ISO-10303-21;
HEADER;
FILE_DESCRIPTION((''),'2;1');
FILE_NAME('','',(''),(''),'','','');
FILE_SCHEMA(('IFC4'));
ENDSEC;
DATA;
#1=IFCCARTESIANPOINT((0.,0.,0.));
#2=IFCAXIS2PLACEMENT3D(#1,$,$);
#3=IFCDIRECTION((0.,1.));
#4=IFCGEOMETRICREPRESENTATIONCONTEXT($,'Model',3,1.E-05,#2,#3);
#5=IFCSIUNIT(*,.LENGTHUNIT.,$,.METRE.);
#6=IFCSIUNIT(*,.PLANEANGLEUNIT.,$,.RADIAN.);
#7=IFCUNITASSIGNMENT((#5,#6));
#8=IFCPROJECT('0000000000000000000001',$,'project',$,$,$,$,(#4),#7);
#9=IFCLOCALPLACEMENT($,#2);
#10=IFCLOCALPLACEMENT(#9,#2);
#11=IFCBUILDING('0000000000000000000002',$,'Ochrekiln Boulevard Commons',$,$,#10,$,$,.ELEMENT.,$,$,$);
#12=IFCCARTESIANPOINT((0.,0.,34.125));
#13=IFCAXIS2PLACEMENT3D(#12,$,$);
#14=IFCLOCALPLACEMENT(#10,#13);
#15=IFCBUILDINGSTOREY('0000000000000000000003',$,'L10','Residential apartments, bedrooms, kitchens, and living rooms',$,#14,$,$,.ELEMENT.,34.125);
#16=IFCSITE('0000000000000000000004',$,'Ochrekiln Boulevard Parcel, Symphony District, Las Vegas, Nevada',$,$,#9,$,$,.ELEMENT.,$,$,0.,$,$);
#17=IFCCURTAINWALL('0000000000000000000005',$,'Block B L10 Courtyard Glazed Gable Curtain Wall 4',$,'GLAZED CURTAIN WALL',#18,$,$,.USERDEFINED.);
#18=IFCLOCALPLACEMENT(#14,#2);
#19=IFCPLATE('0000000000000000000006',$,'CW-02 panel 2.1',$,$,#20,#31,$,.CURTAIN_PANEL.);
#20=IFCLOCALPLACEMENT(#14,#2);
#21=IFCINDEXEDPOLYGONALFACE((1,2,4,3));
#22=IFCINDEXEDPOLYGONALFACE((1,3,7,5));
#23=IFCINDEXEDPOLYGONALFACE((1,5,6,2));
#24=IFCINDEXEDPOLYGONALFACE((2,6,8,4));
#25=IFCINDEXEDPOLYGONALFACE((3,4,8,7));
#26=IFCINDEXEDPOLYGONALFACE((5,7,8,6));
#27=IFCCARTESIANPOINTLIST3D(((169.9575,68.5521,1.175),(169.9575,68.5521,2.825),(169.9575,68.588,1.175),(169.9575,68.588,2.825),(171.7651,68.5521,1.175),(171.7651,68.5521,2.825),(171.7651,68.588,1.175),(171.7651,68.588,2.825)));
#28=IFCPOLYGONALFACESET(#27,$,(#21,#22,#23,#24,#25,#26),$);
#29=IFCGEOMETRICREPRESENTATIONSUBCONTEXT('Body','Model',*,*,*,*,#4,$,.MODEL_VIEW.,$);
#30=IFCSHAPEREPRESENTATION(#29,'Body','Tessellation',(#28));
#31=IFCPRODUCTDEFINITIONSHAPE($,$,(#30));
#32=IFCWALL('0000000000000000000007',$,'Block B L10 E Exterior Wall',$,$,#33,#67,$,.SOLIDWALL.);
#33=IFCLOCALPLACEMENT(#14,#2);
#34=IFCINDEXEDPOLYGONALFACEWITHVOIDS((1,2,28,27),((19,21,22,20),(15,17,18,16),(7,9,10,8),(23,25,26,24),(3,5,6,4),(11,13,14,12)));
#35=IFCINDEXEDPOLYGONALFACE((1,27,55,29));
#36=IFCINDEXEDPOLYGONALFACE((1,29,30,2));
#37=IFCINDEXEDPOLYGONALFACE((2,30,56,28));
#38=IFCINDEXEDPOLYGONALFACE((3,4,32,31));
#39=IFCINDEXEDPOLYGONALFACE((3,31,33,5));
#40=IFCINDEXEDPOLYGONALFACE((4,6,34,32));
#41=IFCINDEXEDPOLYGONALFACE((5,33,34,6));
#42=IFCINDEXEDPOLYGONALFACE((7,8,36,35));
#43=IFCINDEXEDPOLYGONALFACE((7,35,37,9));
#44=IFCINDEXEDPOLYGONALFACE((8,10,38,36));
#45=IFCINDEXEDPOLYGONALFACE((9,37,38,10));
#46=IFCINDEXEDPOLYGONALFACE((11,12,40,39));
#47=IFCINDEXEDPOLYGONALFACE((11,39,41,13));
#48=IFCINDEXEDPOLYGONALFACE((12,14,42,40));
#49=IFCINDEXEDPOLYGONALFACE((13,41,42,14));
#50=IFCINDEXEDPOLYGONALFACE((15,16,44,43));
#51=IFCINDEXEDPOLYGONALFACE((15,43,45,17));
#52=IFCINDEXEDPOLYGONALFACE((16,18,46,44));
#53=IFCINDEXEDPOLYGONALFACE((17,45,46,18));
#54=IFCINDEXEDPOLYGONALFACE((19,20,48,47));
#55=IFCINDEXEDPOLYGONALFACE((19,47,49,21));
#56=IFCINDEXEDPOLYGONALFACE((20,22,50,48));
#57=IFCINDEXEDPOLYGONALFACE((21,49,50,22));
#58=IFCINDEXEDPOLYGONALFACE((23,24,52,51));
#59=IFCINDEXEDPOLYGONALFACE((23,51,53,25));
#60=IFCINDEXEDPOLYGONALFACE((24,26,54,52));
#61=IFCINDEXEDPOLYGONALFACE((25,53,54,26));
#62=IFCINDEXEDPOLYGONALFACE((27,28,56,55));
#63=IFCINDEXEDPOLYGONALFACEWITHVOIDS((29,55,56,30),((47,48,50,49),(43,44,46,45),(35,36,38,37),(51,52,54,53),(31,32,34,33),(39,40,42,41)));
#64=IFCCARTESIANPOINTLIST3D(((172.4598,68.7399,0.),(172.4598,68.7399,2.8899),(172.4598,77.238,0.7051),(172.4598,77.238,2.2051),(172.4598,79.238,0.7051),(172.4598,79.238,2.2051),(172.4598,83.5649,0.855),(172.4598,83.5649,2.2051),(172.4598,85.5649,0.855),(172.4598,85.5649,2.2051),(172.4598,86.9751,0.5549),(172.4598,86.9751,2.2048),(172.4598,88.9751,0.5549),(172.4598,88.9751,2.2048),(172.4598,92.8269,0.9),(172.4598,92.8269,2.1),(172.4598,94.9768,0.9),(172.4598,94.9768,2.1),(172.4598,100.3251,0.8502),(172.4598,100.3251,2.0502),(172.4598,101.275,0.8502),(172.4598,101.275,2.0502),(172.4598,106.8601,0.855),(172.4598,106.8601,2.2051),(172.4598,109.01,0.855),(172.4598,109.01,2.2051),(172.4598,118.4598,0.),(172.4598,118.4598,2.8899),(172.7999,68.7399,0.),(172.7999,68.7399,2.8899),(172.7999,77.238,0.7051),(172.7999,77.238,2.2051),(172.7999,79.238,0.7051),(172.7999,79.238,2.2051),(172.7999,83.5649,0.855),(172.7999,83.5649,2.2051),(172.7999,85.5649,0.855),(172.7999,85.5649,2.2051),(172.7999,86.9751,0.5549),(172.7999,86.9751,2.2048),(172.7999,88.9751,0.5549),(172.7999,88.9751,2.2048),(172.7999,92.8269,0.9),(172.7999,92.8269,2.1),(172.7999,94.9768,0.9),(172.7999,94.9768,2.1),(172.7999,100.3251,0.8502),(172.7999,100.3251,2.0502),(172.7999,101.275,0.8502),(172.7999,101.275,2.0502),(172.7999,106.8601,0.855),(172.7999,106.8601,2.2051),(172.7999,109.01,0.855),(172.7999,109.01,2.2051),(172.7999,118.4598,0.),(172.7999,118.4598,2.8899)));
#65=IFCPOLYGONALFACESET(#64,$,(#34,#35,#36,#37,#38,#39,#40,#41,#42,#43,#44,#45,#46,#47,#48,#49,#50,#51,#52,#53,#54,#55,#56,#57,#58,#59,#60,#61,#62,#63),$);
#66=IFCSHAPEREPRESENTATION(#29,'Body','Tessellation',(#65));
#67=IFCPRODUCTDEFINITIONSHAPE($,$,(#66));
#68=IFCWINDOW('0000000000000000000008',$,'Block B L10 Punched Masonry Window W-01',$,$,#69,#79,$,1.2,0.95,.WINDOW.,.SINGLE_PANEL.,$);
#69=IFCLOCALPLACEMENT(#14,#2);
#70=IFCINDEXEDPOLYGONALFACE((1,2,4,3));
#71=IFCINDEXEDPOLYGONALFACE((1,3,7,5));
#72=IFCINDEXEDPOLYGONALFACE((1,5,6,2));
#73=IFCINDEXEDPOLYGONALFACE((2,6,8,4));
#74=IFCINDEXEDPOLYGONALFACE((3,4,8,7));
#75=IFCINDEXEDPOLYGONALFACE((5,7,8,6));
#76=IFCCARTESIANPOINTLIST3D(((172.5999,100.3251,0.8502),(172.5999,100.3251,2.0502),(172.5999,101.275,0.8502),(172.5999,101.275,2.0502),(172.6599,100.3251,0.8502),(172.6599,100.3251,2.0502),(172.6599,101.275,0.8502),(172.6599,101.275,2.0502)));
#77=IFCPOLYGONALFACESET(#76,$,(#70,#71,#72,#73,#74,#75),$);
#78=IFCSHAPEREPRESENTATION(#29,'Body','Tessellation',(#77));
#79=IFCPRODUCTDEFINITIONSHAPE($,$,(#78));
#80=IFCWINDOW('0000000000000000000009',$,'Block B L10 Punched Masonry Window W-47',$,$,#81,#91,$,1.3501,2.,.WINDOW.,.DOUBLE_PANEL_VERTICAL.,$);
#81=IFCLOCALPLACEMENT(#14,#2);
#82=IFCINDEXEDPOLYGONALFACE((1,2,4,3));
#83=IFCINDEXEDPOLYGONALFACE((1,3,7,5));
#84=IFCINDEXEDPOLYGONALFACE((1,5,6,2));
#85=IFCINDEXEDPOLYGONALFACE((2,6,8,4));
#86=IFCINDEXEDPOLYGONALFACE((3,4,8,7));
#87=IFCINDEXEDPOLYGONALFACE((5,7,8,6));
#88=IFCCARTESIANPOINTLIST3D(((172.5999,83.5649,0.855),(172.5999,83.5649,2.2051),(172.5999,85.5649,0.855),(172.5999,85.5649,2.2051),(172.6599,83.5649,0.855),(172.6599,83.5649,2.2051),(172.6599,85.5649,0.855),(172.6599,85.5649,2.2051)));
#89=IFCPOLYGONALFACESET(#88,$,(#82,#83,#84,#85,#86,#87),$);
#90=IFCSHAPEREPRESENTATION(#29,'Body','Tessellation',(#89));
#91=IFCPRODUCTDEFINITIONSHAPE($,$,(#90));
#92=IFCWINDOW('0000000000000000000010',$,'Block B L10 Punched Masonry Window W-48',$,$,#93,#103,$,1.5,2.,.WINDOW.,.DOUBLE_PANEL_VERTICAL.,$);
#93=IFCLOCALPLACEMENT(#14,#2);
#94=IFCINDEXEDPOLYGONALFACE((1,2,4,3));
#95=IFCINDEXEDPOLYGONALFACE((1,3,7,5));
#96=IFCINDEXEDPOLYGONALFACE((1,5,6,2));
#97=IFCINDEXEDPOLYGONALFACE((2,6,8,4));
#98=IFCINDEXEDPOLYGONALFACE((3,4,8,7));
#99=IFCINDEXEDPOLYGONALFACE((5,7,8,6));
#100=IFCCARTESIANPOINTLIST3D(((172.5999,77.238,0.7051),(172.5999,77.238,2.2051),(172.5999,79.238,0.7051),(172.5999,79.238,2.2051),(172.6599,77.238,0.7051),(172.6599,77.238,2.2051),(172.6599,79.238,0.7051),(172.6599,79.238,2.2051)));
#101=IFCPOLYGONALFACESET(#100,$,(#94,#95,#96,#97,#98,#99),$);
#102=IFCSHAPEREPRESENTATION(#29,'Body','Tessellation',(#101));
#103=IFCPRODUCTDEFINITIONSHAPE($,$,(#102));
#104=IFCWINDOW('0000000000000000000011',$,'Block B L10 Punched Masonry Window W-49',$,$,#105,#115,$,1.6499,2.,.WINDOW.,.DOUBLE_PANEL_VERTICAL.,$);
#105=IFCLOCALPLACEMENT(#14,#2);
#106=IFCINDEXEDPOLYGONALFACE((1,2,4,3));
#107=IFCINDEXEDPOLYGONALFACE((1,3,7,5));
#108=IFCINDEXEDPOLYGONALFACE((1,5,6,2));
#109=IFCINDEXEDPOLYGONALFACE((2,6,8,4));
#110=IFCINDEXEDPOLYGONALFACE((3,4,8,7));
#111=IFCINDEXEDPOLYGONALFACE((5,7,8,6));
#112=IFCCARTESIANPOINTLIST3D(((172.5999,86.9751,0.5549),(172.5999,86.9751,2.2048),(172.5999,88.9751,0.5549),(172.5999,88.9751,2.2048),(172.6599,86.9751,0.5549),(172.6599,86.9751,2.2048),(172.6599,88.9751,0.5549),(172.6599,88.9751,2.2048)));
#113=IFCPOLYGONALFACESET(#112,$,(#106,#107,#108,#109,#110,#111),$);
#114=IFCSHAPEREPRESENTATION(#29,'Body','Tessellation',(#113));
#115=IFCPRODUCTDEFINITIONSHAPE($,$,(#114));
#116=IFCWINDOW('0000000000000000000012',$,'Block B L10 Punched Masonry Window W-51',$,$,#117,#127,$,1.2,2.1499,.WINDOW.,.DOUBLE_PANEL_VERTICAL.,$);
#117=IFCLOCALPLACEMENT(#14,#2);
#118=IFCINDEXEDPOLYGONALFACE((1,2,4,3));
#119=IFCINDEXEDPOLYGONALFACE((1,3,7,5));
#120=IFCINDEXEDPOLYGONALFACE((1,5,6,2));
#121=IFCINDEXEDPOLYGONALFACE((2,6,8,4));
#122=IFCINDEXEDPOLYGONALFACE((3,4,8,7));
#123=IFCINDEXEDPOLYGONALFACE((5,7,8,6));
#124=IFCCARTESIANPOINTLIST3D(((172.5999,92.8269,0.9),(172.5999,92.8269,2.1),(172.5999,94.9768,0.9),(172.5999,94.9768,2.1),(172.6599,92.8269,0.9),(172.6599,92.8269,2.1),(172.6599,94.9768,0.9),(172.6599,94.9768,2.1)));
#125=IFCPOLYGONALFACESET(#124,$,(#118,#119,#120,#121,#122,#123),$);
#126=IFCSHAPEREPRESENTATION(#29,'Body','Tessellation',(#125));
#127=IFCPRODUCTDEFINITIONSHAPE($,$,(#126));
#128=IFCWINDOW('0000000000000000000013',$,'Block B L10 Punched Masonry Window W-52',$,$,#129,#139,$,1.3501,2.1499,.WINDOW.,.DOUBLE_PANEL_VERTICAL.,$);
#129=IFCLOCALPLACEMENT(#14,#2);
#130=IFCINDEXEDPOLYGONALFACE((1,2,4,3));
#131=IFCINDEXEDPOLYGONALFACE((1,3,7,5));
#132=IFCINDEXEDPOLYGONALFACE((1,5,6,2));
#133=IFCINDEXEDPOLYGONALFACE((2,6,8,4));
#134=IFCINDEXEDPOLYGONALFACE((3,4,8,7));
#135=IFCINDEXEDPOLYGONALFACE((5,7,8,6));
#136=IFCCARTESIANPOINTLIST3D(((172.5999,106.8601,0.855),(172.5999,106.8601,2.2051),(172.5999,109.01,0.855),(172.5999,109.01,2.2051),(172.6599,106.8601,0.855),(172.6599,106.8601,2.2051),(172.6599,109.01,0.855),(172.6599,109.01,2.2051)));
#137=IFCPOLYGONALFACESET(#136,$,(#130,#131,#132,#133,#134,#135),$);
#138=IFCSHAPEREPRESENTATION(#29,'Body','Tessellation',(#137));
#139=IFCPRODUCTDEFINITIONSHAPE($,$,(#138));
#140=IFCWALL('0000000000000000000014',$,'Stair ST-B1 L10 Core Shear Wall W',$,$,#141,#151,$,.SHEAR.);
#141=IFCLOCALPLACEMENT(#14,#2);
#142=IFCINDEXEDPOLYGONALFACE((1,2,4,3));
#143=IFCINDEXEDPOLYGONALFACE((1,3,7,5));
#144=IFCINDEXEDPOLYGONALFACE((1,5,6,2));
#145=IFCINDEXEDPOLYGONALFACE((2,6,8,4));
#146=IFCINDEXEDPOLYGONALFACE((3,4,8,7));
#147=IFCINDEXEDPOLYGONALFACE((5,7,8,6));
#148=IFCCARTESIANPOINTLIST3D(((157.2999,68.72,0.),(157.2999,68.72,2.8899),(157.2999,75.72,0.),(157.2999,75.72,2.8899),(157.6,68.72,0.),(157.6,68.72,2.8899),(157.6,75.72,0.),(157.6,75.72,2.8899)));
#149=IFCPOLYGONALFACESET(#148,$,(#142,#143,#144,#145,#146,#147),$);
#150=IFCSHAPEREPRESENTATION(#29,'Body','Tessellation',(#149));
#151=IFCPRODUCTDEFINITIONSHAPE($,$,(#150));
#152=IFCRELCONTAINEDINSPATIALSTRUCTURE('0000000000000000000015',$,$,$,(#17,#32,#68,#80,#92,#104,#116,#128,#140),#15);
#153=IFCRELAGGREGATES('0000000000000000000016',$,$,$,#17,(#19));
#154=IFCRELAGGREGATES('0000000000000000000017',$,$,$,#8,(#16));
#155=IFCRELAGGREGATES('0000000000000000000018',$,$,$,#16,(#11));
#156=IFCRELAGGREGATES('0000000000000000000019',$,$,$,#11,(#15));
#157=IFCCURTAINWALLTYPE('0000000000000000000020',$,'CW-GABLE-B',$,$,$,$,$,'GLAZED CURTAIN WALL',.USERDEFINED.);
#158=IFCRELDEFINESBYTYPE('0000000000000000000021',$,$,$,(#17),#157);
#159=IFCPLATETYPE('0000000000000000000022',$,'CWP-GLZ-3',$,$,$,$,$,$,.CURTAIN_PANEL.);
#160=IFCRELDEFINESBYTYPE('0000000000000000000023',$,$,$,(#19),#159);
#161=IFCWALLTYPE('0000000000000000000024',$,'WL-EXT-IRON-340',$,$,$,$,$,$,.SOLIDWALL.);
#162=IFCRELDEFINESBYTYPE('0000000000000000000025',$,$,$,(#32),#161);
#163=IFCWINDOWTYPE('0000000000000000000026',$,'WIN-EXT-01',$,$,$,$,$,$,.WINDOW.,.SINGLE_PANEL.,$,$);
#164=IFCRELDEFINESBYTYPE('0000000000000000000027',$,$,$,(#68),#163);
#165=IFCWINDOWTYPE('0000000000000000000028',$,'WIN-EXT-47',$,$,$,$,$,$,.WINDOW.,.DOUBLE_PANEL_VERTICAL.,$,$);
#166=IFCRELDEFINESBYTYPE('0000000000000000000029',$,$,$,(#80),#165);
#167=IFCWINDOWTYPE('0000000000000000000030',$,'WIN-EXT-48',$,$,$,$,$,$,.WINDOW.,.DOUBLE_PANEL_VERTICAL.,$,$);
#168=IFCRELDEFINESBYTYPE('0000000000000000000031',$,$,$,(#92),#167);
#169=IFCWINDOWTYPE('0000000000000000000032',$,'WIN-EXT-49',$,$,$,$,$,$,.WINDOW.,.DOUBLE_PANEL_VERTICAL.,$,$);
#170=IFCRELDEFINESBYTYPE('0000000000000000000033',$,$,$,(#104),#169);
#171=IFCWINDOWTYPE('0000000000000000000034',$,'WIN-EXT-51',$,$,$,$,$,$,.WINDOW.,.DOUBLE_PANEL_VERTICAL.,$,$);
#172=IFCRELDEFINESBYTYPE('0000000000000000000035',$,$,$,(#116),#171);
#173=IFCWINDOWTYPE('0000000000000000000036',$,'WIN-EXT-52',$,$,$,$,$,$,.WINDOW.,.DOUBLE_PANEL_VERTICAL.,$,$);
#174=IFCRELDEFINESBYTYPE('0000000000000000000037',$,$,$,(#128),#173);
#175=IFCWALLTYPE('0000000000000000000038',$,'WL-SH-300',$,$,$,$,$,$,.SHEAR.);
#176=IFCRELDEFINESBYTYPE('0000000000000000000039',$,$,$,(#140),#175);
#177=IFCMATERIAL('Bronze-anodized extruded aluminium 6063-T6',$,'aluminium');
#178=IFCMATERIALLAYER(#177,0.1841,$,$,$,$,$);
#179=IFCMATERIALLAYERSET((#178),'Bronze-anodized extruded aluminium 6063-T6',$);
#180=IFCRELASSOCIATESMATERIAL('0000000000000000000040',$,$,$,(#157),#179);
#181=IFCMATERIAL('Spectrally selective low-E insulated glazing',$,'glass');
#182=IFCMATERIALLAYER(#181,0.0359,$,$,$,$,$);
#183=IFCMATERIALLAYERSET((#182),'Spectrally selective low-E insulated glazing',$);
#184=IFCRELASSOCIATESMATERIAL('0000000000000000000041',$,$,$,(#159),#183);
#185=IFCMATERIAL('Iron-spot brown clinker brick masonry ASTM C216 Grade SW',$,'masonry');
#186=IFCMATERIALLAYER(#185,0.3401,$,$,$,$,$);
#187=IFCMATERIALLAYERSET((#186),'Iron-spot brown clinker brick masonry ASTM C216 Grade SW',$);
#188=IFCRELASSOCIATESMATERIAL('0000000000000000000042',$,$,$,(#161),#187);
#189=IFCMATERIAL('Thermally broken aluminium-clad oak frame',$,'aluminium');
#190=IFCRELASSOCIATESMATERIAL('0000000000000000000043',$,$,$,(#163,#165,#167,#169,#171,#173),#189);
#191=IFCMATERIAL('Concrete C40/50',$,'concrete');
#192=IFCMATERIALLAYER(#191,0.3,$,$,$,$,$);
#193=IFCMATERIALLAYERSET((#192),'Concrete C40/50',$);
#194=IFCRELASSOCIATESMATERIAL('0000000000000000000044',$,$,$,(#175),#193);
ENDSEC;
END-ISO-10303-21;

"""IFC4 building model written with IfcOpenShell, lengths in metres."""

from ifc_helpers import new_model, si_unit, direction, frame, frame_2d, origin, origin_2d, place, context, subcontext, project, spatial, rectangle, extrude, material, layer, layer_set, type_object, element, fill, aggregate, save


model = new_model("IFC4")

# Units and contexts
model_context = context("Model", 3, precision=1e-05, world=origin(), true_north=direction((0.0, 1.0)))
body_context = subcontext(model_context, "Body", "Model", "MODEL_VIEW")
ifc_project = project(units=[si_unit("LENGTHUNIT", "METRE"), si_unit("PLANEANGLEUNIT", "RADIAN")], contexts=[model_context])

# Site, building, storey
site_placement = place(None, origin())
site = spatial("IfcSite", under=ifc_project, at=site_placement, Name="Ochrekiln Boulevard Parcel, Symphony District, Las Vegas, Nevada", CompositionType="ELEMENT", RefElevation=0.0)
building_placement = place(site_placement, origin())
building = spatial("IfcBuilding", under=site, at=building_placement, Name="Ochrekiln Boulevard Commons", CompositionType="ELEMENT")
storey_placement = place(building_placement, frame((0.0, 0.0, 34.125)))
storey = spatial("IfcBuildingStorey", under=building, at=storey_placement, Name="L10", Description="Residential apartments, bedrooms, kitchens, and living rooms", CompositionType="ELEMENT", Elevation=34.125)

# Shared definitions
ifc_material_1 = material(Name="Bronze-anodized extruded aluminium 6063-T6", Category="aluminium")
ifc_layer_1 = layer(ifc_material_1, 0.1841)
ifc_layer_set_1 = layer_set([ifc_layer_1], Name="Bronze-anodized extruded aluminium 6063-T6")
curtain_wall_type = type_object("IfcCurtainWallType", Name="CW-GABLE-B", ElementType="GLAZED CURTAIN WALL", PredefinedType="USERDEFINED", material=ifc_layer_set_1)

# Curtain wall
curtain_wall_1_placement = place(storey_placement, origin())
curtain_wall_1 = element("IfcCurtainWall", 1, at=curtain_wall_1_placement, inside=storey, type_object=curtain_wall_type, Name="Block B L10 Courtyard Glazed Gable Curtain Wall 4", ObjectType="GLAZED CURTAIN WALL", PredefinedType="USERDEFINED")

# Shared definitions
ifc_material_2 = material(Name="Concrete C40/50", Category="concrete")

# Plate
ifc_material_3 = material(Name="Spectrally selective low-E insulated glazing", Category="glass")
ifc_layer_2 = layer(ifc_material_3, 0.0359)
ifc_layer_set_2 = layer_set([ifc_layer_2], Name="Spectrally selective low-E insulated glazing")
plate_type_1 = type_object("IfcPlateType", Name="CWP-GLZ-3", PredefinedType="CURTAIN_PANEL", material=ifc_layer_set_2)
plate_1_placement = place(storey_placement, frame((170.8613, 68.5701, 1.175), z_axis=(0.0, 0.0, 1.0), x_axis=(1.0, 0.0, 0.0)))
plate_1 = element("IfcPlate", 2, at=plate_1_placement, type_object=plate_type_1, Name="CW-02 panel 2.1", PredefinedType="CURTAIN_PANEL", context=body_context, shape_type="SweptSolid", body=[
    extrude(rectangle(XDim=1.8076, YDim=0.0359, at=origin_2d()), origin(), (0.0, 0.0, 1.0), 1.6499),
])
aggregate(curtain_wall_1, [plate_1])

# Wall, openings, windows
ifc_material_4 = material(Name="Iron-spot brown clinker brick masonry ASTM C216 Grade SW", Category="masonry")
ifc_layer_3 = layer(ifc_material_4, 0.3401)
ifc_layer_set_3 = layer_set([ifc_layer_3], Name="Iron-spot brown clinker brick masonry ASTM C216 Grade SW")
wall_type_1 = type_object("IfcWallType", Name="WL-EXT-IRON-340", PredefinedType="SOLIDWALL", material=ifc_layer_set_3)
wall_1_placement = place(storey_placement, frame((172.6299, 68.74, 0.0), z_axis=(0.0, 0.0, 1.0), x_axis=(0.0, 1.0, 0.0)))
wall_1 = element("IfcWall", 3, at=wall_1_placement, inside=storey, type_object=wall_type_1, Name="Block B L10 E Exterior Wall", PredefinedType="SOLIDWALL", context=body_context, shape_type="SweptSolid", body=[
    extrude(rectangle(XDim=49.72, YDim=0.3401, at=frame_2d((24.8599, 0.0))), origin(), (0.0, 0.0, 1.0), 2.8899),
])
opening_1_placement = place(wall_1_placement, frame((14.825, 0.0, 0.855)))
opening_1 = element("IfcOpeningElement", 4, at=opening_1_placement, cuts=wall_1, PredefinedType="OPENING", context=body_context, shape_type="SweptSolid", body=[
    extrude(rectangle(XDim=2.0, YDim=1.3501, at=frame_2d((1.0, 0.675))), frame((0.0, 0.1799, 0.0), z_axis=(0.0, -1.0, 0.0), x_axis=(1.0, 0.0, 0.0)), (0.0, 0.0, 1.0), 0.3601),
])
opening_2_placement = place(wall_1_placement, frame((8.498, 0.0, 0.7051)))
opening_2 = element("IfcOpeningElement", 5, at=opening_2_placement, cuts=wall_1, PredefinedType="OPENING", context=body_context, shape_type="SweptSolid", body=[
    extrude(rectangle(XDim=2.0, YDim=1.5, at=frame_2d((1.0, 0.75))), frame((0.0, 0.1799, 0.0), z_axis=(0.0, -1.0, 0.0), x_axis=(1.0, 0.0, 0.0)), (0.0, 0.0, 1.0), 0.3601),
])
opening_3_placement = place(wall_1_placement, frame((18.2351, 0.0, 0.5549)))
opening_3 = element("IfcOpeningElement", 6, at=opening_3_placement, cuts=wall_1, PredefinedType="OPENING", context=body_context, shape_type="SweptSolid", body=[
    extrude(rectangle(XDim=2.0, YDim=1.6499, at=frame_2d((1.0, 0.825))), frame((0.0, 0.1799, 0.0), z_axis=(0.0, -1.0, 0.0), x_axis=(1.0, 0.0, 0.0)), (0.0, 0.0, 1.0), 0.3601),
])
opening_4_placement = place(wall_1_placement, frame((31.585, 0.0, 0.8501)))
opening_4 = element("IfcOpeningElement", 7, at=opening_4_placement, cuts=wall_1, PredefinedType="OPENING", context=body_context, shape_type="SweptSolid", body=[
    extrude(rectangle(XDim=0.95, YDim=1.2, at=frame_2d((0.4751, 0.6001))), frame((0.0, 0.1799, 0.0), z_axis=(0.0, -1.0, 0.0), x_axis=(1.0, 0.0, 0.0)), (0.0, 0.0, 1.0), 0.3601),
])
opening_5_placement = place(wall_1_placement, frame((24.0869, 0.0, 0.8999)))
opening_5 = element("IfcOpeningElement", 8, at=opening_5_placement, cuts=wall_1, PredefinedType="OPENING", context=body_context, shape_type="SweptSolid", body=[
    extrude(rectangle(XDim=2.1499, YDim=1.2, at=frame_2d((1.075, 0.6001))), frame((0.0, 0.1799, 0.0), z_axis=(0.0, -1.0, 0.0), x_axis=(1.0, 0.0, 0.0)), (0.0, 0.0, 1.0), 0.3601),
])
opening_6_placement = place(wall_1_placement, frame((38.1201, 0.0, 0.855)))
opening_6 = element("IfcOpeningElement", 9, at=opening_6_placement, cuts=wall_1, PredefinedType="OPENING", context=body_context, shape_type="SweptSolid", body=[
    extrude(rectangle(XDim=2.1499, YDim=1.3501, at=frame_2d((1.075, 0.675))), frame((0.0, 0.1799, 0.0), z_axis=(0.0, -1.0, 0.0), x_axis=(1.0, 0.0, 0.0)), (0.0, 0.0, 1.0), 0.3601),
])
ifc_material_5 = material(Name="Thermally broken aluminium-clad oak frame", Category="aluminium")
window_type_1 = type_object("IfcWindowType", Name="WIN-EXT-01", PartitioningType="SINGLE_PANEL", PredefinedType="WINDOW", material=ifc_material_5)
window_1_placement = place(opening_4_placement, origin())
window_1 = element("IfcWindow", 10, at=window_1_placement, inside=storey, type_object=window_type_1, Name="Block B L10 Punched Masonry Window W-01", OverallHeight=1.2, OverallWidth=0.95, PartitioningType="SINGLE_PANEL", PredefinedType="WINDOW", context=body_context, shape_type="SweptSolid", body=[
    extrude(rectangle(XDim=0.95, YDim=1.2, at=frame_2d((0.4751, 0.6001))), frame((0.0, 0.03, 0.0), z_axis=(0.0, -1.0, 0.0), x_axis=(1.0, 0.0, 0.0)), (0.0, 0.0, 1.0), 0.0601),
])
fill(opening_4, window_1)
window_type_2 = type_object("IfcWindowType", Name="WIN-EXT-47", PartitioningType="DOUBLE_PANEL_VERTICAL", PredefinedType="WINDOW", material=ifc_material_5)
window_2_placement = place(opening_1_placement, origin())
window_2 = element("IfcWindow", 11, at=window_2_placement, inside=storey, type_object=window_type_2, Name="Block B L10 Punched Masonry Window W-47", OverallHeight=1.3501, OverallWidth=2.0, PartitioningType="DOUBLE_PANEL_VERTICAL", PredefinedType="WINDOW", context=body_context, shape_type="SweptSolid", body=[
    extrude(rectangle(XDim=2.0, YDim=1.3501, at=frame_2d((1.0, 0.675))), frame((0.0, 0.03, 0.0), z_axis=(0.0, -1.0, 0.0), x_axis=(1.0, 0.0, 0.0)), (0.0, 0.0, 1.0), 0.0601),
])
fill(opening_1, window_2)
window_type_3 = type_object("IfcWindowType", Name="WIN-EXT-48", PartitioningType="DOUBLE_PANEL_VERTICAL", PredefinedType="WINDOW", material=ifc_material_5)
window_3_placement = place(opening_2_placement, origin())
window_3 = element("IfcWindow", 12, at=window_3_placement, inside=storey, type_object=window_type_3, Name="Block B L10 Punched Masonry Window W-48", OverallHeight=1.5, OverallWidth=2.0, PartitioningType="DOUBLE_PANEL_VERTICAL", PredefinedType="WINDOW", context=body_context, shape_type="SweptSolid", body=[
    extrude(rectangle(XDim=2.0, YDim=1.5, at=frame_2d((1.0, 0.75))), frame((0.0, 0.03, 0.0), z_axis=(0.0, -1.0, 0.0), x_axis=(1.0, 0.0, 0.0)), (0.0, 0.0, 1.0), 0.0601),
])
fill(opening_2, window_3)
window_type_4 = type_object("IfcWindowType", Name="WIN-EXT-49", PartitioningType="DOUBLE_PANEL_VERTICAL", PredefinedType="WINDOW", material=ifc_material_5)
window_4_placement = place(opening_3_placement, origin())
window_4 = element("IfcWindow", 13, at=window_4_placement, inside=storey, type_object=window_type_4, Name="Block B L10 Punched Masonry Window W-49", OverallHeight=1.6499, OverallWidth=2.0, PartitioningType="DOUBLE_PANEL_VERTICAL", PredefinedType="WINDOW", context=body_context, shape_type="SweptSolid", body=[
    extrude(rectangle(XDim=2.0, YDim=1.6499, at=frame_2d((1.0, 0.825))), frame((0.0, 0.03, 0.0), z_axis=(0.0, -1.0, 0.0), x_axis=(1.0, 0.0, 0.0)), (0.0, 0.0, 1.0), 0.0601),
])
fill(opening_3, window_4)
window_type_5 = type_object("IfcWindowType", Name="WIN-EXT-51", PartitioningType="DOUBLE_PANEL_VERTICAL", PredefinedType="WINDOW", material=ifc_material_5)
window_5_placement = place(opening_5_placement, origin())
window_5 = element("IfcWindow", 14, at=window_5_placement, inside=storey, type_object=window_type_5, Name="Block B L10 Punched Masonry Window W-51", OverallHeight=1.2, OverallWidth=2.1499, PartitioningType="DOUBLE_PANEL_VERTICAL", PredefinedType="WINDOW", context=body_context, shape_type="SweptSolid", body=[
    extrude(rectangle(XDim=2.1499, YDim=1.2, at=frame_2d((1.075, 0.6001))), frame((0.0, 0.03, 0.0), z_axis=(0.0, -1.0, 0.0), x_axis=(1.0, 0.0, 0.0)), (0.0, 0.0, 1.0), 0.0601),
])
fill(opening_5, window_5)
window_type_6 = type_object("IfcWindowType", Name="WIN-EXT-52", PartitioningType="DOUBLE_PANEL_VERTICAL", PredefinedType="WINDOW", material=ifc_material_5)
window_6_placement = place(opening_6_placement, origin())
window_6 = element("IfcWindow", 15, at=window_6_placement, inside=storey, type_object=window_type_6, Name="Block B L10 Punched Masonry Window W-52", OverallHeight=1.3501, OverallWidth=2.1499, PartitioningType="DOUBLE_PANEL_VERTICAL", PredefinedType="WINDOW", context=body_context, shape_type="SweptSolid", body=[
    extrude(rectangle(XDim=2.1499, YDim=1.3501, at=frame_2d((1.075, 0.675))), frame((0.0, 0.03, 0.0), z_axis=(0.0, -1.0, 0.0), x_axis=(1.0, 0.0, 0.0)), (0.0, 0.0, 1.0), 0.0601),
])
fill(opening_6, window_6)

# Wall
ifc_layer_4 = layer(ifc_material_2, 0.3)
ifc_layer_set_4 = layer_set([ifc_layer_4], Name="Concrete C40/50")
wall_type_2 = type_object("IfcWallType", Name="WL-SH-300", PredefinedType="SHEAR", material=ifc_layer_set_4)
wall_2_placement = place(storey_placement, frame((157.45, 68.72, 0.0), z_axis=(0.0, 0.0, 1.0), x_axis=(0.0, 1.0, 0.0)))
element("IfcWall", 16, at=wall_2_placement, inside=storey, type_object=wall_type_2, Name="Stair ST-B1 L10 Core Shear Wall W", PredefinedType="SHEAR", context=body_context, shape_type="SweptSolid", body=[
    extrude(rectangle(XDim=7.0, YDim=0.3, at=frame_2d((3.5, 0.0))), origin(), (0.0, 0.0, 1.0), 2.8899),
])

save(model, "model.ifc")
